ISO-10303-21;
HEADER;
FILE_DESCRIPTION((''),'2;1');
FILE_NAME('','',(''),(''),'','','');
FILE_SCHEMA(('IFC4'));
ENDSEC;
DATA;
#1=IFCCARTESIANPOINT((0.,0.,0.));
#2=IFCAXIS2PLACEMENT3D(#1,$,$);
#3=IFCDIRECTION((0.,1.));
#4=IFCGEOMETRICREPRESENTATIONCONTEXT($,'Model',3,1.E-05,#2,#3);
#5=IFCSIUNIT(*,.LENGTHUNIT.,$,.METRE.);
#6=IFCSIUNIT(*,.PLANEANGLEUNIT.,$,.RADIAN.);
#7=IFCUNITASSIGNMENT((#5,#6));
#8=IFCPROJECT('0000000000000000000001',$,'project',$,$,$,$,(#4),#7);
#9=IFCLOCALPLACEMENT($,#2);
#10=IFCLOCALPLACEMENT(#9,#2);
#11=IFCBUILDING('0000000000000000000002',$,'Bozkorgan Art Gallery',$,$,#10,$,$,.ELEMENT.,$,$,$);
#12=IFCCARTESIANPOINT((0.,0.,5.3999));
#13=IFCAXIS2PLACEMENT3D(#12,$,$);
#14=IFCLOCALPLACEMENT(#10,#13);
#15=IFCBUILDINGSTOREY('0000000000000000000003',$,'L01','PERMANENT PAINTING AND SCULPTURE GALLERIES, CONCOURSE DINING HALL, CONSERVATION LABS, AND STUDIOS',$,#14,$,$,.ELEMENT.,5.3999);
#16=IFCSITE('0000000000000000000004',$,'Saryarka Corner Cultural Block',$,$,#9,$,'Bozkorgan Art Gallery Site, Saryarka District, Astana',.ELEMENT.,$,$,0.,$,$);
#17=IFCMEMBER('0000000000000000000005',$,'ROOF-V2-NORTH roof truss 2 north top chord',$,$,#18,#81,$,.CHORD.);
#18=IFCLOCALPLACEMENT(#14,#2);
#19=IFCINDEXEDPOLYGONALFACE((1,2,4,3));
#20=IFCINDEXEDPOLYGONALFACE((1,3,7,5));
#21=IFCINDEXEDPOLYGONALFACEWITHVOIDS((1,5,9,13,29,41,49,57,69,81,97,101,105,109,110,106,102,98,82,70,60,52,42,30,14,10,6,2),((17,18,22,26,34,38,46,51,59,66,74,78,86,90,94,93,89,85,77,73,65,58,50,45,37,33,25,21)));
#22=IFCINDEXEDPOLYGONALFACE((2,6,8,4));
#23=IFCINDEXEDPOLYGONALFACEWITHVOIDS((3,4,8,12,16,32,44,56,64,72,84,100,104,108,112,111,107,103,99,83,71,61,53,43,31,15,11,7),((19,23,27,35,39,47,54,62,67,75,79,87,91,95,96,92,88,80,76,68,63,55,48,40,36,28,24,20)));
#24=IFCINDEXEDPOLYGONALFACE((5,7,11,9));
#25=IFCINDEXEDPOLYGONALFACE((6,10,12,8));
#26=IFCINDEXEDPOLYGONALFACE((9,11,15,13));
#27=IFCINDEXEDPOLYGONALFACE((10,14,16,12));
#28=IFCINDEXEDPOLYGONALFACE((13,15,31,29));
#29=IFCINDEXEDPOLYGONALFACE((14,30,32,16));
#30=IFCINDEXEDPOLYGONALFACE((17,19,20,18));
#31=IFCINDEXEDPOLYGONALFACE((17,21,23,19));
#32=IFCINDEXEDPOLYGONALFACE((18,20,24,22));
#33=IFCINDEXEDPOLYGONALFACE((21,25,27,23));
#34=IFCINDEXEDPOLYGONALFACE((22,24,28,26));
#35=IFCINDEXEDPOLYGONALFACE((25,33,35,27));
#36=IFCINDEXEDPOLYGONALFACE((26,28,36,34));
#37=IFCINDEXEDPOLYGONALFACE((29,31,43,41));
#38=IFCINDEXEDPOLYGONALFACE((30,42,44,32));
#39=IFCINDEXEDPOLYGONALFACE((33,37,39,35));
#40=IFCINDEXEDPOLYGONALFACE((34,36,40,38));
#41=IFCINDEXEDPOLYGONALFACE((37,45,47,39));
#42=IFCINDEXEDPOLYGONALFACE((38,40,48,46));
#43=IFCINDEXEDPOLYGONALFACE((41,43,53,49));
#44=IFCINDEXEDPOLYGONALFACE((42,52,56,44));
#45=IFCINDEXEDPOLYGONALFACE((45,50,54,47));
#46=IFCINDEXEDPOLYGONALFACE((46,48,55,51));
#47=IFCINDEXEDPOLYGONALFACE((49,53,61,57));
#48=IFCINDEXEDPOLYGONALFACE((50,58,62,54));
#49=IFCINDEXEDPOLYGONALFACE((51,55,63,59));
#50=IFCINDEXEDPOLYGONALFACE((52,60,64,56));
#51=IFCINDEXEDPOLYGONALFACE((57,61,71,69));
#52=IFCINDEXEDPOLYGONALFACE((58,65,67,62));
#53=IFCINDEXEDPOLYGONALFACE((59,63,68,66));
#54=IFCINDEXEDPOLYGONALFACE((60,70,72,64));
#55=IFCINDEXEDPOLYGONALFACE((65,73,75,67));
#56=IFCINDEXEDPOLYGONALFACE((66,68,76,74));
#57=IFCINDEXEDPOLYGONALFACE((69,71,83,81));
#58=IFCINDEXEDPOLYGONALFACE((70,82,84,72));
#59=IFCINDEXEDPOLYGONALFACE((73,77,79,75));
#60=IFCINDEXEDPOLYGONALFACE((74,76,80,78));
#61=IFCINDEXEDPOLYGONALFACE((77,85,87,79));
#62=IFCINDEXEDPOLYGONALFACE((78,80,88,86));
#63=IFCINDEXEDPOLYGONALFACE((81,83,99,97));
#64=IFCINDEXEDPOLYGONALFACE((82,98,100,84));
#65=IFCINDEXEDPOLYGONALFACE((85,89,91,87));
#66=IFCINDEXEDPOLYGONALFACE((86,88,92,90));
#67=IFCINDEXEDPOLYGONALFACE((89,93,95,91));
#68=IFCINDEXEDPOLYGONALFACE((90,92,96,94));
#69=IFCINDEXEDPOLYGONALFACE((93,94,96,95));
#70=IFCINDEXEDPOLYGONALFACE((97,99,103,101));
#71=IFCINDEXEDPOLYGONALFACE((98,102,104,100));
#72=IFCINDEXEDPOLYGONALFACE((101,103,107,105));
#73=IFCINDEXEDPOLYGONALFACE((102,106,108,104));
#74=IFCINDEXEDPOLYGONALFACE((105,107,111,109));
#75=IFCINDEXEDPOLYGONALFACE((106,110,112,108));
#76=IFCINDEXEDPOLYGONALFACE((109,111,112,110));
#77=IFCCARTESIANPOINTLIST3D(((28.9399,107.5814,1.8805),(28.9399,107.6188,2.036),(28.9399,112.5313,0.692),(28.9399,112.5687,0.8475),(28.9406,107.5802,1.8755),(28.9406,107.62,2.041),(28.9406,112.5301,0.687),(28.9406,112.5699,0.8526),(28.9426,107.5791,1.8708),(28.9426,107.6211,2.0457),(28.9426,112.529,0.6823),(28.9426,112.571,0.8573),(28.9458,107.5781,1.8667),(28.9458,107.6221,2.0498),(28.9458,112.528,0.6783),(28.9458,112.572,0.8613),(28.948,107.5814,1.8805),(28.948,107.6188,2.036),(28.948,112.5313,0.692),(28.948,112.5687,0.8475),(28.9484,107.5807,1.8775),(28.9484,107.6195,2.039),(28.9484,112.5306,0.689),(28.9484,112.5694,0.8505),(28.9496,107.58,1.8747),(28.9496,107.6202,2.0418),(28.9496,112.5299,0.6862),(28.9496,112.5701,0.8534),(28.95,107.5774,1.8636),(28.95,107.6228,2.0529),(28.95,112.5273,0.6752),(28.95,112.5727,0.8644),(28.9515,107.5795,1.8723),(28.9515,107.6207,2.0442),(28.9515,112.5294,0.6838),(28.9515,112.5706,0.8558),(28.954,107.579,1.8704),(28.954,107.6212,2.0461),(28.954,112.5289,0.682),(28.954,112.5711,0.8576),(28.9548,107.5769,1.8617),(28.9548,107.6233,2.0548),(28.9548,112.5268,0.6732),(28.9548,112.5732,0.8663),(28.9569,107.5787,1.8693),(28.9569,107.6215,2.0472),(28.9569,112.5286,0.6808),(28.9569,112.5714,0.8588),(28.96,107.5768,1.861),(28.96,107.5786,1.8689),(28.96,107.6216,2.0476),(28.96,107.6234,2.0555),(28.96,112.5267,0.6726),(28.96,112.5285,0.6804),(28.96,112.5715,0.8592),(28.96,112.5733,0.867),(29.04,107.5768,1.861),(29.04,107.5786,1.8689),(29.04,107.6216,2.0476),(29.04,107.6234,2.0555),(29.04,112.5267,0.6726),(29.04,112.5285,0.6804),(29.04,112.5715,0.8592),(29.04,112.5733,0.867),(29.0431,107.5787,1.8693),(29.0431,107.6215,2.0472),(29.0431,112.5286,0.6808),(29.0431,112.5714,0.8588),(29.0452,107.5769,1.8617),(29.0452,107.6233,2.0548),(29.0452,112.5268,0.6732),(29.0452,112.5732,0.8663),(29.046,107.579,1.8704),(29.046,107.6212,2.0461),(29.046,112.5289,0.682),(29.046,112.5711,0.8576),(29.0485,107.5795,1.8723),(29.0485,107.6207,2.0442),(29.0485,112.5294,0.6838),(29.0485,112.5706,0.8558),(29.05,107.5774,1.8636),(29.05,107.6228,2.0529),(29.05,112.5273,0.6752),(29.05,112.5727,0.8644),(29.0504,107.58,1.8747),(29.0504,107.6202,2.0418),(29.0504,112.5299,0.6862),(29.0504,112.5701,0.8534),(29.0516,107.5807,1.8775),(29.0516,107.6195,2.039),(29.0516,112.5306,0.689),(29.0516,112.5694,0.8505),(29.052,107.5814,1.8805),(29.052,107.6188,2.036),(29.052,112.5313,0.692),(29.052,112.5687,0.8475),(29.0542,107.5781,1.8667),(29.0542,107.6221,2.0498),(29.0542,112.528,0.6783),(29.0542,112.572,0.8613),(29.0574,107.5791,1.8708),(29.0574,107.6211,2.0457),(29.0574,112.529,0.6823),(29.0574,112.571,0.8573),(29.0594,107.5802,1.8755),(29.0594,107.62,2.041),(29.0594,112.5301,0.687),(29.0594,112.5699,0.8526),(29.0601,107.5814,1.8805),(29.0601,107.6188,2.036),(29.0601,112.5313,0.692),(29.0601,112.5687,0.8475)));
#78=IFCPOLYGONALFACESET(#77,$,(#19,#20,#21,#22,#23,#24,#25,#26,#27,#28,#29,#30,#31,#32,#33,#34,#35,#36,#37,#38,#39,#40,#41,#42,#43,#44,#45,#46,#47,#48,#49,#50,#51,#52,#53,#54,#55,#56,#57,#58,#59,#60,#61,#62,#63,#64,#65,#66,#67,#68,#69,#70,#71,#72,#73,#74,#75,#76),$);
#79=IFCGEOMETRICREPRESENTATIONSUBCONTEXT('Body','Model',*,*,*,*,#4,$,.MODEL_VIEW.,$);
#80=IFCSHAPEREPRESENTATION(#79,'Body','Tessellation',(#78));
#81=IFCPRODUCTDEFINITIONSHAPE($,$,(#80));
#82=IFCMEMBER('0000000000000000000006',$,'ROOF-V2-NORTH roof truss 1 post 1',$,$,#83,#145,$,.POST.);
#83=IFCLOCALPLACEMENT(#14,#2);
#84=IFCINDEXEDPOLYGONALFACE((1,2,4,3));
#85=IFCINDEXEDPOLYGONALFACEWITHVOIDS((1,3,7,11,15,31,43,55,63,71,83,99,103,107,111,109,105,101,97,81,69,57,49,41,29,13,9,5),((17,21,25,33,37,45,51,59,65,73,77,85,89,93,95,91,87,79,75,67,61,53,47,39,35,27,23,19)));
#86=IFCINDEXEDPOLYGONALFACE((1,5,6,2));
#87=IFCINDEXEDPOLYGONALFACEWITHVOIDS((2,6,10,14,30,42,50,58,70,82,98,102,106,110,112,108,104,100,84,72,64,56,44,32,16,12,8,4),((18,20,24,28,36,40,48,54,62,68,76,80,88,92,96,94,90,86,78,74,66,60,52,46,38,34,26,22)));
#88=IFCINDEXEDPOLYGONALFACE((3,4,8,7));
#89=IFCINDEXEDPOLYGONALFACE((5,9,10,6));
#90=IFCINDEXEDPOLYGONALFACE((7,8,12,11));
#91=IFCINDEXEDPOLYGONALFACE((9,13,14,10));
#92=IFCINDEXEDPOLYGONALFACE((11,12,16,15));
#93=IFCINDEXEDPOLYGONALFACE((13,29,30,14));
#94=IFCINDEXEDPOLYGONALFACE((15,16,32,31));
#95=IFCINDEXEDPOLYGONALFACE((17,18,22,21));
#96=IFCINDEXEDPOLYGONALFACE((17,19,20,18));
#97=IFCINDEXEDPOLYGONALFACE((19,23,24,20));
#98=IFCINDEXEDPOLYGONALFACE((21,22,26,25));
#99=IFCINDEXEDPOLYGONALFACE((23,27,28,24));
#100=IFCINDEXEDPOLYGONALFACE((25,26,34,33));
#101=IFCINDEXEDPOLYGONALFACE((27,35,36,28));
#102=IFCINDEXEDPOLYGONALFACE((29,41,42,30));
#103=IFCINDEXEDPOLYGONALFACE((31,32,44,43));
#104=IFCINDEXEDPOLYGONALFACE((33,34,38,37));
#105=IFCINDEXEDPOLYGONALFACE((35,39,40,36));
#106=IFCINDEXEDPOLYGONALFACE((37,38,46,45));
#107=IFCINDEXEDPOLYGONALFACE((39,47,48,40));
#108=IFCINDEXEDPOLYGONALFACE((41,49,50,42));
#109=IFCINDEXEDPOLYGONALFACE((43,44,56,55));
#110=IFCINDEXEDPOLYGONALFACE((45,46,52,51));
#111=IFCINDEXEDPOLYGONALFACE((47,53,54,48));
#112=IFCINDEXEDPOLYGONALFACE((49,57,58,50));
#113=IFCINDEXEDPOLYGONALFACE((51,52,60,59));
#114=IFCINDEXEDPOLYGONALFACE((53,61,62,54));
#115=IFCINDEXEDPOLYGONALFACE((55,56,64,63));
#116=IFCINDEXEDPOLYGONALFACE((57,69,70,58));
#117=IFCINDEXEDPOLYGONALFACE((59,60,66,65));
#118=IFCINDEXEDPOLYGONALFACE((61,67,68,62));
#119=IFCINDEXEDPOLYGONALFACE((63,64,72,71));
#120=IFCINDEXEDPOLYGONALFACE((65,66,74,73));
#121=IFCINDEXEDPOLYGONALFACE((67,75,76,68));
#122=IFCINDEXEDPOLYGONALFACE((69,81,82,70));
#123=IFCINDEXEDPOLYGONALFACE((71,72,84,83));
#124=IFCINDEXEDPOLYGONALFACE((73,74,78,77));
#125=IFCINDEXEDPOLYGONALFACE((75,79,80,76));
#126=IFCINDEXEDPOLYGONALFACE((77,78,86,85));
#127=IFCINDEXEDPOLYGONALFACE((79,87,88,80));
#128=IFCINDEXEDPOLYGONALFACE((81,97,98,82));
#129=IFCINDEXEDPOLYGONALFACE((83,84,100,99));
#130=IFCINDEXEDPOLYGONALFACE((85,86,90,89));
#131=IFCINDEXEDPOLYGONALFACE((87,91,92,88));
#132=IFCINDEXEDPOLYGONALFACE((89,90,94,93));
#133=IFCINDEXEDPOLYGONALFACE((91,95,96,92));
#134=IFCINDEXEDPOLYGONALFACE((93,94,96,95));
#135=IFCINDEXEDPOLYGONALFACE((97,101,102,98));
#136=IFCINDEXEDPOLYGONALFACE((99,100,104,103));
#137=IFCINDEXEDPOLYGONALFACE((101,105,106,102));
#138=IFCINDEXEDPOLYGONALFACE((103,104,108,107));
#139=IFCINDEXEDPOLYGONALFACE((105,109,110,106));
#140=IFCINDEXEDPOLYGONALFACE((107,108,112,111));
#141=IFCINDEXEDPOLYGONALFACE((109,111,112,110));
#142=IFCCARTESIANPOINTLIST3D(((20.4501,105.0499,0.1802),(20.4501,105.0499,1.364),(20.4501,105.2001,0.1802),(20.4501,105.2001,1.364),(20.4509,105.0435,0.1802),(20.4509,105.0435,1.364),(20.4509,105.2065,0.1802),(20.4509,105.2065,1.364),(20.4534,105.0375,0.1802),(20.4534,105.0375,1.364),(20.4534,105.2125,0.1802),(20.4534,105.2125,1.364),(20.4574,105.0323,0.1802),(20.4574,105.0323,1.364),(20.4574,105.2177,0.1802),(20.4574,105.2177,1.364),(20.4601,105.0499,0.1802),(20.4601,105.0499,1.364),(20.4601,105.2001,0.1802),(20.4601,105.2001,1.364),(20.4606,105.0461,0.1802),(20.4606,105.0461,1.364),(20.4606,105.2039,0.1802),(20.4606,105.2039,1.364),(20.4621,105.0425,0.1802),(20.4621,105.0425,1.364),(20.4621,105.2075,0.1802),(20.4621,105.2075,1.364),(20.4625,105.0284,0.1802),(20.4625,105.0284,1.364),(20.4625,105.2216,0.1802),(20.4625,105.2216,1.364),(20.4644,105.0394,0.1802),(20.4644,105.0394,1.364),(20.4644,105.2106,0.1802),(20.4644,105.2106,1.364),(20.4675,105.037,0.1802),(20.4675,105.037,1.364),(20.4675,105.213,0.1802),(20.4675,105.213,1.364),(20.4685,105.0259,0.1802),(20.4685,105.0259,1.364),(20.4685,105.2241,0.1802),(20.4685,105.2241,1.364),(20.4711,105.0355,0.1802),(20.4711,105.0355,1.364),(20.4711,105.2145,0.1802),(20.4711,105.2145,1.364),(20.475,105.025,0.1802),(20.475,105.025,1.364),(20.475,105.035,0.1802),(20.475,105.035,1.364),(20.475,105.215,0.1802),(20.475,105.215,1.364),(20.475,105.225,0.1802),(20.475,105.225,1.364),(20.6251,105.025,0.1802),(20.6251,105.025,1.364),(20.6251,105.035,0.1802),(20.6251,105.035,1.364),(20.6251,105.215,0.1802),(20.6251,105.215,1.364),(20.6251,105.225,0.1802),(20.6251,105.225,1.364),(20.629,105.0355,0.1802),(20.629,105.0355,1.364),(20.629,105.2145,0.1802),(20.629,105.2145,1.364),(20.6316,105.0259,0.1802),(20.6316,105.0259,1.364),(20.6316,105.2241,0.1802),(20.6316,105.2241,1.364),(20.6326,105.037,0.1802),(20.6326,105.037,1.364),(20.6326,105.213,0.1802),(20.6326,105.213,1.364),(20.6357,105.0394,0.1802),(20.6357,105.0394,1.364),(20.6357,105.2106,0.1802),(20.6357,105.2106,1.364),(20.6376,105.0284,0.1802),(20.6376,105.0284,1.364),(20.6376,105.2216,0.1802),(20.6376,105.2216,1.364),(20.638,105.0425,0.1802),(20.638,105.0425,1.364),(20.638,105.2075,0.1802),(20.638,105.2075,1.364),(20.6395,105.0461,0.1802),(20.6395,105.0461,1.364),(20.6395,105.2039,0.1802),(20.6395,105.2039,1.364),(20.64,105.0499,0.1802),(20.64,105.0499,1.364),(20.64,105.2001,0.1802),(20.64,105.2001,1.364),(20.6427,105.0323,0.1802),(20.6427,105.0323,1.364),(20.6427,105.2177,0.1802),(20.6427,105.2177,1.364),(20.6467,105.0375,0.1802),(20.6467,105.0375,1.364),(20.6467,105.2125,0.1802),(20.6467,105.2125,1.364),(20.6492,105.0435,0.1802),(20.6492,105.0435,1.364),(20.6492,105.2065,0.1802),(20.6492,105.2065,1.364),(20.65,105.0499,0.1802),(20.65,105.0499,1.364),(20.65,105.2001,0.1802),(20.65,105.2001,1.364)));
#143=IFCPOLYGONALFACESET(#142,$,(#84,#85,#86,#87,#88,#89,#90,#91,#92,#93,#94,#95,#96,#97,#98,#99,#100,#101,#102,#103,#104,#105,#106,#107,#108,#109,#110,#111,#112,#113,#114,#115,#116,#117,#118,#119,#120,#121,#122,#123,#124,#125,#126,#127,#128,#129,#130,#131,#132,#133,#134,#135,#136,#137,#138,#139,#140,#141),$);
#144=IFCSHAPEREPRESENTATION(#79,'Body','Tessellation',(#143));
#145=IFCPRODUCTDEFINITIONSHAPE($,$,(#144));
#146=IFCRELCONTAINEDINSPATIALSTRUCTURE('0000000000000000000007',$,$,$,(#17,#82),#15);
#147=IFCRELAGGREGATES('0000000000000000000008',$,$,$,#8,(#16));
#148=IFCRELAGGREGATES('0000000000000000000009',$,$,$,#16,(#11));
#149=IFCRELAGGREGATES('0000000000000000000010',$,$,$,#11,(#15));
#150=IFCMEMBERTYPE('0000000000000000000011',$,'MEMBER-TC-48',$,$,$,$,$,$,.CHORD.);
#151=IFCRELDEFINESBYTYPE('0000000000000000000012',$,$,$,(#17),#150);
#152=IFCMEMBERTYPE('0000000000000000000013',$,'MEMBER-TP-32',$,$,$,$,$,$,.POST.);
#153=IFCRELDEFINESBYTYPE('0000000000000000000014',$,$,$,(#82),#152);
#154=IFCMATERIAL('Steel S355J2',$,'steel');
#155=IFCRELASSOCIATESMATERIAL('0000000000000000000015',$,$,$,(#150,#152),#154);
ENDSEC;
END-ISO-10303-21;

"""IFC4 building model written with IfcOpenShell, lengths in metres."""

from ifc_helpers import new_model, si_unit, direction, frame, origin, origin_2d, place, context, subcontext, project, spatial, hollow_rectangle, extrude, material, material_profile, profile_set, type_object, element, save


model = new_model("IFC4")

# Units and contexts
model_context = context("Model", 3, precision=1e-05, world=origin(), true_north=direction((0.0, 1.0)))
body_context = subcontext(model_context, "Body", "Model", "MODEL_VIEW")
ifc_project = project(units=[si_unit("LENGTHUNIT", "METRE"), si_unit("PLANEANGLEUNIT", "RADIAN")], contexts=[model_context])

# Site, building, storey
site_placement = place(None, origin())
site = spatial("IfcSite", under=ifc_project, at=site_placement, Name="Saryarka Corner Cultural Block", LongName="Bozkorgan Art Gallery Site, Saryarka District, Astana", CompositionType="ELEMENT", RefElevation=0.0)
building_placement = place(site_placement, origin())
building = spatial("IfcBuilding", under=site, at=building_placement, Name="Bozkorgan Art Gallery", CompositionType="ELEMENT")
storey_placement = place(building_placement, frame((0.0, 0.0, 5.3999)))
storey = spatial("IfcBuildingStorey", under=building, at=storey_placement, Name="L01", Description="PERMANENT PAINTING AND SCULPTURE GALLERIES, CONCOURSE DINING HALL, CONSERVATION LABS, AND STUDIOS", CompositionType="ELEMENT", Elevation=5.3999)

# Shared definitions
ifc_material_1 = material(Name="Steel S355J2", Category="steel")

# Members
ifc_material_profile_1 = material_profile(ifc_material_1, hollow_rectangle(XDim=0.1201, YDim=0.2, WallThickness=0.0081, InnerFilletRadius=0.012, OuterFilletRadius=0.02, at=origin_2d()), Name="RHS 200x120x8")
ifc_profile_set_1 = profile_set([ifc_material_profile_1], Name="Steel S355J2")
member_type_1 = type_object("IfcMemberType", Name="MEMBER-TC-48", PredefinedType="CHORD", material=ifc_profile_set_1)
for number, where, z_axis, x_axis, name in (
    (1, (29.0, 107.6001, 1.9583), (0.0, 0.972366, -0.233464), (-1.0, 0.0, 0.0), "ROOF-V2-NORTH roof truss 2 north top chord"),
):
    element("IfcMember", number, at=place(storey_placement, frame(where, z_axis=z_axis, x_axis=x_axis)), inside=storey, type_object=member_type_1, Name=name, PredefinedType="CHORD", context=body_context, shape_type="SweptSolid", body=[
        extrude(hollow_rectangle(XDim=0.1201, YDim=0.2, WallThickness=0.0081, InnerFilletRadius=0.012, OuterFilletRadius=0.02, at=origin_2d()), origin(), (0.0, 0.0, 1.0), 5.0906),
    ])
ifc_material_profile_2 = material_profile(ifc_material_1, hollow_rectangle(XDim=0.2, YDim=0.2, WallThickness=0.01, InnerFilletRadius=0.0149, OuterFilletRadius=0.0249, at=origin_2d()), Name="SHS 200x200x10")
ifc_profile_set_2 = profile_set([ifc_material_profile_2], Name="Steel S355J2")
member_type_2 = type_object("IfcMemberType", Name="MEMBER-TP-32", PredefinedType="POST", material=ifc_profile_set_2)
member_1_placement = place(storey_placement, frame((20.55, 105.125, 0.1802), z_axis=(0.0, 0.0, 1.0), x_axis=(1.0, 0.0, 0.0)))
element("IfcMember", 2, at=member_1_placement, inside=storey, type_object=member_type_2, Name="ROOF-V2-NORTH roof truss 1 post 1", PredefinedType="POST", context=body_context, shape_type="SweptSolid", body=[
    extrude(hollow_rectangle(XDim=0.2, YDim=0.2, WallThickness=0.01, InnerFilletRadius=0.0149, OuterFilletRadius=0.0249, at=origin_2d()), origin(), (0.0, 0.0, 1.0), 1.1838),
])

save(model, "model.ifc")
